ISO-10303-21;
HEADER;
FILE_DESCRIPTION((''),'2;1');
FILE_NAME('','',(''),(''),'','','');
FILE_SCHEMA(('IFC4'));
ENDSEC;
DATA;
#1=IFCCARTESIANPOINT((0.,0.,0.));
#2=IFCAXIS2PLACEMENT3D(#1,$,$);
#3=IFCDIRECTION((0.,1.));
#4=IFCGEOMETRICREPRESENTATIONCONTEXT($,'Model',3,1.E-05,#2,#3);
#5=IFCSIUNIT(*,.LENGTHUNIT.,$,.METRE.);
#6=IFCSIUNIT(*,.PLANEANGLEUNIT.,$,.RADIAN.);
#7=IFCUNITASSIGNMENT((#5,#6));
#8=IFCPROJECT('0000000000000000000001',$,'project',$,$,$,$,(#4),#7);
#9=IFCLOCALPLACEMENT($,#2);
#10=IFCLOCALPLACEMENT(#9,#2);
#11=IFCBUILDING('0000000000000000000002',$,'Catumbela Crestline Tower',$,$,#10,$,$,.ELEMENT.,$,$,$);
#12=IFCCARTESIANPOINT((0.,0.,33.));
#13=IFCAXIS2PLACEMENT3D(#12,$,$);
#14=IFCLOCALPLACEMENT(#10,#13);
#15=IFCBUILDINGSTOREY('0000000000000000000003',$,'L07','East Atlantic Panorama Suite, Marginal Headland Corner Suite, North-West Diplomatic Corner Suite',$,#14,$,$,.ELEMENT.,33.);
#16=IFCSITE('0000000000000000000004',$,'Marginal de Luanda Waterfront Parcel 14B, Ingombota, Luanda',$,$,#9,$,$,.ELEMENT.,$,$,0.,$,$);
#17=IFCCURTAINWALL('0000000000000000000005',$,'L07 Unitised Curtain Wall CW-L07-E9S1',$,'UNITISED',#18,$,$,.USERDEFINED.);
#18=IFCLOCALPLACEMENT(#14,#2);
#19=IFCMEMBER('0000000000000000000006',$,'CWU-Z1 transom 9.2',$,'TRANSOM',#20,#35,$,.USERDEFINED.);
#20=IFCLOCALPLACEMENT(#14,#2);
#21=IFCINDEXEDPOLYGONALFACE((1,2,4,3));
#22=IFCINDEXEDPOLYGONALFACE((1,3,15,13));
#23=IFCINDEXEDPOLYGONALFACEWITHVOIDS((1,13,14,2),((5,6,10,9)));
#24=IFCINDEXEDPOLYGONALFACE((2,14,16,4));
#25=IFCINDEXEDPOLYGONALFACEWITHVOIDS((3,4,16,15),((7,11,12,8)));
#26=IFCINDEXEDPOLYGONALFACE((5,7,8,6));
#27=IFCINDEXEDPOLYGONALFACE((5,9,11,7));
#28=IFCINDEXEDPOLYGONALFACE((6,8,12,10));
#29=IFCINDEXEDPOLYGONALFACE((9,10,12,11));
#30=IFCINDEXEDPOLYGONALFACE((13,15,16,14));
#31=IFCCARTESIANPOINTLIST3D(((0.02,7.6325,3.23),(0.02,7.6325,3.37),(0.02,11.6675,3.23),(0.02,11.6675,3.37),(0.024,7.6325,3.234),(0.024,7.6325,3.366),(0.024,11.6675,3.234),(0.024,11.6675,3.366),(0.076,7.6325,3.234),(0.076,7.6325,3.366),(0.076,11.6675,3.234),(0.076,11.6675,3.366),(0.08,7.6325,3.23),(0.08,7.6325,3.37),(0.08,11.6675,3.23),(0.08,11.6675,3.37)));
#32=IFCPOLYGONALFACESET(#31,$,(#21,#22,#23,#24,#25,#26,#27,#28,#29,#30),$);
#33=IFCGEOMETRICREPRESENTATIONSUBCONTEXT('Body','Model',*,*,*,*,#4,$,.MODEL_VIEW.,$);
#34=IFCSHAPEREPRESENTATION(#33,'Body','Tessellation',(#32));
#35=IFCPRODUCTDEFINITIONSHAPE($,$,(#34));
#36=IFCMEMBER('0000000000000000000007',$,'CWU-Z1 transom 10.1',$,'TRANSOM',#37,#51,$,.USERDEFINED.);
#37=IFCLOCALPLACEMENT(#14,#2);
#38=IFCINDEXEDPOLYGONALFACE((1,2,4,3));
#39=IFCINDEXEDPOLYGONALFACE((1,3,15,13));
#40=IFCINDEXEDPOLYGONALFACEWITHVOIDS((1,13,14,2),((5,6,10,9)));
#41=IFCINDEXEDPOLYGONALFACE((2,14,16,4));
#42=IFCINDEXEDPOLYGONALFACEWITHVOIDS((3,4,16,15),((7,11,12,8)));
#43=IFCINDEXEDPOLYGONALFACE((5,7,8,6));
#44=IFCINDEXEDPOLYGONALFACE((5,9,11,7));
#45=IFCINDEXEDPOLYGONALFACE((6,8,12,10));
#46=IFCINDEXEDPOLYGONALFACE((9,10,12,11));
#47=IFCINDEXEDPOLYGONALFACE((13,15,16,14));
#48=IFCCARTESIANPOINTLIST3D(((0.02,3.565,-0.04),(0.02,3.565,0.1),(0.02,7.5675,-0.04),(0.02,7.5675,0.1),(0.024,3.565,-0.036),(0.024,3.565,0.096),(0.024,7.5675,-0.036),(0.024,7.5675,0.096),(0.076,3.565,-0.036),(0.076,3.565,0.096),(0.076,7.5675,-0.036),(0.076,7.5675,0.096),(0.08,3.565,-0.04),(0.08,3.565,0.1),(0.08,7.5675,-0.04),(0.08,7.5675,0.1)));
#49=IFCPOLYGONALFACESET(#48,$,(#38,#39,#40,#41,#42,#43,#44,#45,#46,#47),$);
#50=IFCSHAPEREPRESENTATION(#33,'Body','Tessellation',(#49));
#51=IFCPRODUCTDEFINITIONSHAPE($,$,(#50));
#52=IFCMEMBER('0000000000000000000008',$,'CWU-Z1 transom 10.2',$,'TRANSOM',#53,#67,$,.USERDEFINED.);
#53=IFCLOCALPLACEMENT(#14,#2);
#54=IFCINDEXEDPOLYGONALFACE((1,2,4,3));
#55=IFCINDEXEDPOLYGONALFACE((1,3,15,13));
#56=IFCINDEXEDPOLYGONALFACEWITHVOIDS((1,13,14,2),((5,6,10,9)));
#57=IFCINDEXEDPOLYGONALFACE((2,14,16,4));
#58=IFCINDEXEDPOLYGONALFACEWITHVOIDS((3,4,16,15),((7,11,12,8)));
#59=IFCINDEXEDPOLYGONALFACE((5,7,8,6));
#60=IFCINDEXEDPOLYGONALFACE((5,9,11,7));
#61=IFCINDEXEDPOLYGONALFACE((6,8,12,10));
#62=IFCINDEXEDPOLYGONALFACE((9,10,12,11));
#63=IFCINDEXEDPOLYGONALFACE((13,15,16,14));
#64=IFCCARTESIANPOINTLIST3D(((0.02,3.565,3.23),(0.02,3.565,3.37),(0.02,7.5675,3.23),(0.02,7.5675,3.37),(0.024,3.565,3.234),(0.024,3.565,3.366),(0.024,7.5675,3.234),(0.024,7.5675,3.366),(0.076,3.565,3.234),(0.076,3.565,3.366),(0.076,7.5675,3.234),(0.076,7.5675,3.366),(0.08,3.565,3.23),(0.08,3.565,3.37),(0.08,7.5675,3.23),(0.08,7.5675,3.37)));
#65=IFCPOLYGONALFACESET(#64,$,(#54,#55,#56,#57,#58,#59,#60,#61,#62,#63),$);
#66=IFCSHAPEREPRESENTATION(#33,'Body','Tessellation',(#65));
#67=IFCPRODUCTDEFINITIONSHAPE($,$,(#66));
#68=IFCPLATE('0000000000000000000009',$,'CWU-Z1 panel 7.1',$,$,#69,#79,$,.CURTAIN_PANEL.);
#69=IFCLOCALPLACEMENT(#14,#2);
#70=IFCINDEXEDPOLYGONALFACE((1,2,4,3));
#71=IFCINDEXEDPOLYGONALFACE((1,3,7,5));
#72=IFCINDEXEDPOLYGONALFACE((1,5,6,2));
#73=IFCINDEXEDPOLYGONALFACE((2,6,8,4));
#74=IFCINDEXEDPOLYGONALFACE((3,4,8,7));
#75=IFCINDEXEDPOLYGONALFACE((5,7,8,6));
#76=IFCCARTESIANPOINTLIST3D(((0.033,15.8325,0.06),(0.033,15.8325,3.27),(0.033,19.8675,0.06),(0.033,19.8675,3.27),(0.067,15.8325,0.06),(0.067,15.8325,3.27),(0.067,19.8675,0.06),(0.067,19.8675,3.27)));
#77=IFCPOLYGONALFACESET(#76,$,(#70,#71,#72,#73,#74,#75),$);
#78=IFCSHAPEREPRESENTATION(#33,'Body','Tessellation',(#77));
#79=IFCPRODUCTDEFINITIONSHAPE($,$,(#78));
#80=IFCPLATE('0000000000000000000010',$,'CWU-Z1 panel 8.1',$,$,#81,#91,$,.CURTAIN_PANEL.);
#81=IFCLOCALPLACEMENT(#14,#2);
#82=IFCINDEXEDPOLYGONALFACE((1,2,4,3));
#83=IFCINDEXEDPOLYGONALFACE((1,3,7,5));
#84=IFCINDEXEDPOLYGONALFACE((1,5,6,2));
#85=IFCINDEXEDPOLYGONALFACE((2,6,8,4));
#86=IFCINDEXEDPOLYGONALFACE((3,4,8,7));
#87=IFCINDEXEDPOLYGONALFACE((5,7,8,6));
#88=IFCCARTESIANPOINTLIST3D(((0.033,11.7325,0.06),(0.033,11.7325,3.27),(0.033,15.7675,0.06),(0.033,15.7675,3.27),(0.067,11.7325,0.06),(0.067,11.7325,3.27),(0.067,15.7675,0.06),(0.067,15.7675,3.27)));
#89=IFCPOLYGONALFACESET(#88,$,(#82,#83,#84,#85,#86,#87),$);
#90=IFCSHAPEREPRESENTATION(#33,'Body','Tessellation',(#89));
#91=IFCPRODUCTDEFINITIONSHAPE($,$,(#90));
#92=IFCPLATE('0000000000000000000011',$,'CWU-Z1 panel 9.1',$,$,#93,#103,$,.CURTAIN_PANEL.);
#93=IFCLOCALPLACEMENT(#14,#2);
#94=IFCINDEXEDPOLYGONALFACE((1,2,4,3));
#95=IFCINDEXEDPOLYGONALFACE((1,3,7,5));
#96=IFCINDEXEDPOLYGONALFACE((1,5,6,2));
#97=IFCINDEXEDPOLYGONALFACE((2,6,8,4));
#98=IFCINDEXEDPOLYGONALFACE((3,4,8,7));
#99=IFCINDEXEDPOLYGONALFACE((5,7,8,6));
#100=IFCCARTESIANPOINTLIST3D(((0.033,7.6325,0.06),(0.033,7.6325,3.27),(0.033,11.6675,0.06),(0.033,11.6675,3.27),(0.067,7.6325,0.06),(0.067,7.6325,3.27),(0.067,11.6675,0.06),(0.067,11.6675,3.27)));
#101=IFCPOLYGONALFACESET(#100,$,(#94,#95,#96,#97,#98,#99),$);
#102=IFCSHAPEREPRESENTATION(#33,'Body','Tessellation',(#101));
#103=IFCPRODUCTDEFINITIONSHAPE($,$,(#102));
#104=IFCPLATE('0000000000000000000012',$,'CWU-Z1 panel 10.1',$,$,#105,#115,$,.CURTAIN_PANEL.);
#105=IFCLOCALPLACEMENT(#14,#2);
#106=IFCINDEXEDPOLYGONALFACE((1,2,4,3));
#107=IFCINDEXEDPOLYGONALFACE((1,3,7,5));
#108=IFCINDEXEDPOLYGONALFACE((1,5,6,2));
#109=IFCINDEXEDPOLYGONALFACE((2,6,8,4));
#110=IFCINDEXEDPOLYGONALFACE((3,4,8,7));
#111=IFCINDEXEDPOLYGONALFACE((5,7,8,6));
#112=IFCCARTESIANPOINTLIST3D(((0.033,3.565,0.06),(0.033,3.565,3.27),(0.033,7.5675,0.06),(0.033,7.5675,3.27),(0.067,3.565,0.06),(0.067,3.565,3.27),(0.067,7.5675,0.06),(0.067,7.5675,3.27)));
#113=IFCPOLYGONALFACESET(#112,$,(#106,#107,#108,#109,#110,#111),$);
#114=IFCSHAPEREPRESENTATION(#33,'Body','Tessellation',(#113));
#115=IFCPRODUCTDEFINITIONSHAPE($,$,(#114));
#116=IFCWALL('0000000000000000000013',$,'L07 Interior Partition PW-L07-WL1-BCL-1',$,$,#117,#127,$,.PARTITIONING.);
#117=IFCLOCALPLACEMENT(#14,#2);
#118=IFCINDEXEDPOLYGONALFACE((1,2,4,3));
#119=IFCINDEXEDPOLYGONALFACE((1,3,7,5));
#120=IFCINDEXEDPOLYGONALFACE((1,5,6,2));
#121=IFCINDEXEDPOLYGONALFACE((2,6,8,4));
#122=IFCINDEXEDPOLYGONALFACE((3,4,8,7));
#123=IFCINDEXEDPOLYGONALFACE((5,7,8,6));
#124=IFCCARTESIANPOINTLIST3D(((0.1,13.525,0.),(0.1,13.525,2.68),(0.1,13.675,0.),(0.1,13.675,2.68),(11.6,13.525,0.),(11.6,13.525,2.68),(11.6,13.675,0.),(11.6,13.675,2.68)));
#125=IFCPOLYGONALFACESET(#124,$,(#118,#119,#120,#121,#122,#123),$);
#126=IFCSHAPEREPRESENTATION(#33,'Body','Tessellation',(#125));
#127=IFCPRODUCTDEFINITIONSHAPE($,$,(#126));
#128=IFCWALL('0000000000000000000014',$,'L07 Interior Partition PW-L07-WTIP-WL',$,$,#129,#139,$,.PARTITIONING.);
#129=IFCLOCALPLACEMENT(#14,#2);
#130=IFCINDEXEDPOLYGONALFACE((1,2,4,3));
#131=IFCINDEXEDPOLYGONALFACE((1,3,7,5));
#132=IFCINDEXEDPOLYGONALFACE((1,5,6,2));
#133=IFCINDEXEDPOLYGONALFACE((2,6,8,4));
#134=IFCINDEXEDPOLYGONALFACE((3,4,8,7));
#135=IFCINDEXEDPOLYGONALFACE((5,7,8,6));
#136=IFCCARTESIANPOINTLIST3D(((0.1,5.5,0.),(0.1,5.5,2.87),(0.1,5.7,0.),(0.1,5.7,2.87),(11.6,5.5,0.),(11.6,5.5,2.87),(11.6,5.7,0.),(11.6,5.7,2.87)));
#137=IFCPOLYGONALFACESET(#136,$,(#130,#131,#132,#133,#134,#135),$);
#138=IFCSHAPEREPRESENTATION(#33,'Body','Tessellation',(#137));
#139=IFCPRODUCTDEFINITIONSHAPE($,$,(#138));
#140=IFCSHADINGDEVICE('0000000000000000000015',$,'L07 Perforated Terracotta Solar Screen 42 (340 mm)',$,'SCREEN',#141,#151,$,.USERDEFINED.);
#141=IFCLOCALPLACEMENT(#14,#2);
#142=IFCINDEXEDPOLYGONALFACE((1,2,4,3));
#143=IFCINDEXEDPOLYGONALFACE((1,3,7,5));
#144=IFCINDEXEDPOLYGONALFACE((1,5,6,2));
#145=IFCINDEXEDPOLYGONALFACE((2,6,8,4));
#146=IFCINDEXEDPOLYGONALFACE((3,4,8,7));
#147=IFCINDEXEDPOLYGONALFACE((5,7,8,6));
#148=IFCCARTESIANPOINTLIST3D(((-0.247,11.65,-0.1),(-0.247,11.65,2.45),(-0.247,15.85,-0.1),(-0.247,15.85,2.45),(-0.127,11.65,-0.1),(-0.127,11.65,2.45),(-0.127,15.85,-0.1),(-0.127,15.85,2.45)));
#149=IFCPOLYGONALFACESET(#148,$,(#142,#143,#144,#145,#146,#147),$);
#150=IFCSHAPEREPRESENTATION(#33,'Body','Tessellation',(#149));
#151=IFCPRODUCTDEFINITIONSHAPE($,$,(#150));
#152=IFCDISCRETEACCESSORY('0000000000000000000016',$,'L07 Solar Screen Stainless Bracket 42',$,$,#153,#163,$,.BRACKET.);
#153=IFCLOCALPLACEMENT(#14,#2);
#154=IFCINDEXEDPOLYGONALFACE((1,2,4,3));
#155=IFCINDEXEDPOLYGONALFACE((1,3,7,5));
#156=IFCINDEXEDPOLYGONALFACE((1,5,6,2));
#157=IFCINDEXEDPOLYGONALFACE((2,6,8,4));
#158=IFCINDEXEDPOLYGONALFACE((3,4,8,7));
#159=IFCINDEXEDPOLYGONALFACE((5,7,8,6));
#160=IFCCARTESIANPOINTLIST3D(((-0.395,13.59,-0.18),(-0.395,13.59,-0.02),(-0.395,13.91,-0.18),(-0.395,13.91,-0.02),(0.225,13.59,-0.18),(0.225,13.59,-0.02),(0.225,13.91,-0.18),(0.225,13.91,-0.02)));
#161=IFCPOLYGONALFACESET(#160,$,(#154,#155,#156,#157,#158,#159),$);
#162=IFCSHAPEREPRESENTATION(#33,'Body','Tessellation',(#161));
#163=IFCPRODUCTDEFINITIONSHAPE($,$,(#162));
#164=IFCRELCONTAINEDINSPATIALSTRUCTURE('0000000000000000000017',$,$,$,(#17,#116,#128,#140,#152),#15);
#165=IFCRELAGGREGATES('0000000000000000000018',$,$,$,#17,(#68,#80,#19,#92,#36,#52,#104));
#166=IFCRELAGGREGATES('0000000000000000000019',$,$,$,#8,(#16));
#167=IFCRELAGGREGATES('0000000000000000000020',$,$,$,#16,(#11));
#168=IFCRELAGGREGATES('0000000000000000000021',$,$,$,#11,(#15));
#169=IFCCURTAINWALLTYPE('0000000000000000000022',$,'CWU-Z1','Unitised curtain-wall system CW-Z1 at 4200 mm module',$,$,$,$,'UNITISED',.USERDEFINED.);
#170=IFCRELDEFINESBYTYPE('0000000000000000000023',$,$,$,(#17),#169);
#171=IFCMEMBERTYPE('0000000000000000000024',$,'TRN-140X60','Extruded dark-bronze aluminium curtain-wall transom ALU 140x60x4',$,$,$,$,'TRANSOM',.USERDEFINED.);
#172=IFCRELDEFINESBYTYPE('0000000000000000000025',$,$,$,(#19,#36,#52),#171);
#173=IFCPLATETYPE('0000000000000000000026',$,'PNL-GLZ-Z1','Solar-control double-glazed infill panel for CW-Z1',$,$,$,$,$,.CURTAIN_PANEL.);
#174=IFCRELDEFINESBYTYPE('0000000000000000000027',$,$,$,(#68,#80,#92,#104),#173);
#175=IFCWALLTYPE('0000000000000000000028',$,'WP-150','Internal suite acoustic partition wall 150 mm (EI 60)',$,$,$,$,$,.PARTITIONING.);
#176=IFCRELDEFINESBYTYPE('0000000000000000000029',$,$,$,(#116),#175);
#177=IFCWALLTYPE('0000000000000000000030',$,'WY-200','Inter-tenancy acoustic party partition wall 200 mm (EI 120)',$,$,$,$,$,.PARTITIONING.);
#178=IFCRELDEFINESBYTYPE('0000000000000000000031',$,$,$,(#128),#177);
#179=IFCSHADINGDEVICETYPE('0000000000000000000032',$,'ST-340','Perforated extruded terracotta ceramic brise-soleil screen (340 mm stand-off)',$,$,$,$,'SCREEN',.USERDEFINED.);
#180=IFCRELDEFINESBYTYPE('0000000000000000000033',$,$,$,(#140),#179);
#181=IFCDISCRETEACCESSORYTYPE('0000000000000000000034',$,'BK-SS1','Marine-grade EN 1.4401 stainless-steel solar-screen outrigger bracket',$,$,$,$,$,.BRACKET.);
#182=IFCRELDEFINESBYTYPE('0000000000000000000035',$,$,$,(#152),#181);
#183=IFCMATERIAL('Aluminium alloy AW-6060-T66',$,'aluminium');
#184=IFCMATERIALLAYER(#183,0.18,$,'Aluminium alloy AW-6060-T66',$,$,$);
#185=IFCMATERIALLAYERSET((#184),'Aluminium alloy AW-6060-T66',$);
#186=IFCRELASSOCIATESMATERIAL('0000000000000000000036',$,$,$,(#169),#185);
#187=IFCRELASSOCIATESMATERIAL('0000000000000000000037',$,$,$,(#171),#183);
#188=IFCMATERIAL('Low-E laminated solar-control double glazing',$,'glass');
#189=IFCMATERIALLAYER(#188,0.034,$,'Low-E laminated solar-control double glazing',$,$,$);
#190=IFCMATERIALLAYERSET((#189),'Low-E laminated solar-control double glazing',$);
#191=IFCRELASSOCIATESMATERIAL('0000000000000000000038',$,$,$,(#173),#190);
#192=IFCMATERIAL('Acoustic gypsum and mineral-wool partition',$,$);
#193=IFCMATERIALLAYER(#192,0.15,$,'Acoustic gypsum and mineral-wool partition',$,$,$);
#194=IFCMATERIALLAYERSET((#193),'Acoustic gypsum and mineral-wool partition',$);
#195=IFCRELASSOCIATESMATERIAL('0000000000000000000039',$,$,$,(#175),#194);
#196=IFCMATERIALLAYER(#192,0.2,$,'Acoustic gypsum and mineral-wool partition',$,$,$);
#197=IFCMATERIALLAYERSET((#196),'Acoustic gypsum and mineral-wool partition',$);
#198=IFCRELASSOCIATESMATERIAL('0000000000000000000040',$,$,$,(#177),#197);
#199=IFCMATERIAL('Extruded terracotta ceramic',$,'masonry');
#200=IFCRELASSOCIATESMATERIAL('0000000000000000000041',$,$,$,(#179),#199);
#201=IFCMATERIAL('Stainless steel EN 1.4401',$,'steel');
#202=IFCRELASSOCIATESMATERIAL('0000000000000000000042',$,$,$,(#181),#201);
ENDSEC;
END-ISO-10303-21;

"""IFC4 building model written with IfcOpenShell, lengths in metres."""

from ifc_helpers import new_model, si_unit, direction, frame, frame_2d, origin, origin_2d, place, context, subcontext, project, spatial, rectangle, hollow_rectangle, extrude, material, layer, layer_set, material_profile, profile_set, type_object, element, aggregate, save


model = new_model("IFC4")

# Units and contexts
model_context = context("Model", 3, precision=1e-05, world=origin(), true_north=direction((0.0, 1.0)))
body_context = subcontext(model_context, "Body", "Model", "MODEL_VIEW")
ifc_project = project(units=[si_unit("LENGTHUNIT", "METRE"), si_unit("PLANEANGLEUNIT", "RADIAN")], contexts=[model_context])

# Site, building, storey
site_placement = place(None, origin())
site = spatial("IfcSite", under=ifc_project, at=site_placement, Name="Marginal de Luanda Waterfront Parcel 14B, Ingombota, Luanda", CompositionType="ELEMENT", RefElevation=0.0)
building_placement = place(site_placement, origin())
building = spatial("IfcBuilding", under=site, at=building_placement, Name="Catumbela Crestline Tower", CompositionType="ELEMENT")
storey_placement = place(building_placement, frame((0.0, 0.0, 33.0)))
storey = spatial("IfcBuildingStorey", under=building, at=storey_placement, Name="L07", Description="East Atlantic Panorama Suite, Marginal Headland Corner Suite, North-West Diplomatic Corner Suite", CompositionType="ELEMENT", Elevation=33.0)

# Curtain wall
ifc_material_1 = material(Name="Aluminium alloy AW-6060-T66", Category="aluminium")
ifc_layer_1 = layer(ifc_material_1, 0.18, Name="Aluminium alloy AW-6060-T66")
ifc_layer_set_1 = layer_set([ifc_layer_1], Name="Aluminium alloy AW-6060-T66")
curtain_wall_type = type_object("IfcCurtainWallType", Name="CWU-Z1", Description="Unitised curtain-wall system CW-Z1 at 4200 mm module", ElementType="UNITISED", PredefinedType="USERDEFINED", material=ifc_layer_set_1)
curtain_wall_placement = place(storey_placement, origin())
curtain_wall = element("IfcCurtainWall", 1, at=curtain_wall_placement, inside=storey, type_object=curtain_wall_type, Name="L07 Unitised Curtain Wall CW-L07-E9S1", ObjectType="UNITISED", PredefinedType="USERDEFINED")

# Members
ifc_material_profile_1 = material_profile(ifc_material_1, hollow_rectangle(XDim=0.06, YDim=0.14, WallThickness=0.004, at=origin_2d()), Name="ALU 140x60x4")
ifc_profile_set_1 = profile_set([ifc_material_profile_1], Name="Aluminium alloy AW-6060-T66")
member_type_1 = type_object("IfcMemberType", Name="TRN-140X60", Description="Extruded dark-bronze aluminium curtain-wall transom ALU 140x60x4", ElementType="TRANSOM", PredefinedType="USERDEFINED", material=ifc_profile_set_1)
member_1_placement = place(storey_placement, frame((0.05, 11.6675, 3.3), z_axis=(0.0, -1.0, 0.0), x_axis=(1.0, 0.0, 0.0)))
member_1 = element("IfcMember", 2, at=member_1_placement, type_object=member_type_1, Name="CWU-Z1 transom 9.2", ObjectType="TRANSOM", PredefinedType="USERDEFINED", context=body_context, shape_type="SweptSolid", body=[
    extrude(hollow_rectangle(XDim=0.06, YDim=0.14, WallThickness=0.004, at=origin_2d()), origin(), (0.0, 0.0, 1.0), 4.035),
])
member_2_placement = place(storey_placement, frame((0.05, 7.5675, 0.03), z_axis=(0.0, -1.0, 0.0), x_axis=(1.0, 0.0, 0.0)))
member_2 = element("IfcMember", 3, at=member_2_placement, type_object=member_type_1, Name="CWU-Z1 transom 10.1", ObjectType="TRANSOM", PredefinedType="USERDEFINED", context=body_context, shape_type="SweptSolid", body=[
    extrude(hollow_rectangle(XDim=0.06, YDim=0.14, WallThickness=0.004, at=origin_2d()), origin(), (0.0, 0.0, 1.0), 4.0025),
])
member_3_placement = place(storey_placement, frame((0.05, 7.5675, 3.3), z_axis=(0.0, -1.0, 0.0), x_axis=(1.0, 0.0, 0.0)))
member_3 = element("IfcMember", 4, at=member_3_placement, type_object=member_type_1, Name="CWU-Z1 transom 10.2", ObjectType="TRANSOM", PredefinedType="USERDEFINED", context=body_context, shape_type="SweptSolid", body=[
    extrude(hollow_rectangle(XDim=0.06, YDim=0.14, WallThickness=0.004, at=origin_2d()), origin(), (0.0, 0.0, 1.0), 4.0025),
])

# Plates
ifc_material_2 = material(Name="Low-E laminated solar-control double glazing", Category="glass")
ifc_layer_2 = layer(ifc_material_2, 0.034, Name="Low-E laminated solar-control double glazing")
ifc_layer_set_2 = layer_set([ifc_layer_2], Name="Low-E laminated solar-control double glazing")
plate_type = type_object("IfcPlateType", Name="PNL-GLZ-Z1", Description="Solar-control double-glazed infill panel for CW-Z1", PredefinedType="CURTAIN_PANEL", material=ifc_layer_set_2)
plate_1_placement = place(storey_placement, frame((0.05, 17.85, 0.06), z_axis=(0.0, 0.0, 1.0), x_axis=(0.0, -1.0, 0.0)))
plate_1 = element("IfcPlate", 5, at=plate_1_placement, type_object=plate_type, Name="CWU-Z1 panel 7.1", PredefinedType="CURTAIN_PANEL", context=body_context, shape_type="SweptSolid", body=[
    extrude(rectangle(XDim=4.035, YDim=0.034, at=origin_2d()), origin(), (0.0, 0.0, 1.0), 3.21),
])
plate_2_placement = place(storey_placement, frame((0.05, 13.75, 0.06), z_axis=(0.0, 0.0, 1.0), x_axis=(0.0, -1.0, 0.0)))
plate_2 = element("IfcPlate", 6, at=plate_2_placement, type_object=plate_type, Name="CWU-Z1 panel 8.1", PredefinedType="CURTAIN_PANEL", context=body_context, shape_type="SweptSolid", body=[
    extrude(rectangle(XDim=4.035, YDim=0.034, at=origin_2d()), origin(), (0.0, 0.0, 1.0), 3.21),
])
plate_3_placement = place(storey_placement, frame((0.05, 9.65, 0.06), z_axis=(0.0, 0.0, 1.0), x_axis=(0.0, -1.0, 0.0)))
plate_3 = element("IfcPlate", 7, at=plate_3_placement, type_object=plate_type, Name="CWU-Z1 panel 9.1", PredefinedType="CURTAIN_PANEL", context=body_context, shape_type="SweptSolid", body=[
    extrude(rectangle(XDim=4.035, YDim=0.034, at=origin_2d()), origin(), (0.0, 0.0, 1.0), 3.21),
])
plate_4_placement = place(storey_placement, frame((0.05, 5.5662, 0.06), z_axis=(0.0, 0.0, 1.0), x_axis=(0.0, -1.0, 0.0)))
plate_4 = element("IfcPlate", 8, at=plate_4_placement, type_object=plate_type, Name="CWU-Z1 panel 10.1", PredefinedType="CURTAIN_PANEL", context=body_context, shape_type="SweptSolid", body=[
    extrude(rectangle(XDim=4.0025, YDim=0.034, at=origin_2d()), origin(), (0.0, 0.0, 1.0), 3.21),
])
aggregate(curtain_wall, [plate_1, plate_2, member_1, plate_3, member_2, member_3, plate_4])

# Walls
ifc_material_3 = material(Name="Acoustic gypsum and mineral-wool partition")
ifc_layer_3 = layer(ifc_material_3, 0.15, Name="Acoustic gypsum and mineral-wool partition")
ifc_layer_set_3 = layer_set([ifc_layer_3], Name="Acoustic gypsum and mineral-wool partition")
wall_type_1 = type_object("IfcWallType", Name="WP-150", Description="Internal suite acoustic partition wall 150 mm (EI 60)", PredefinedType="PARTITIONING", material=ifc_layer_set_3)
wall_1_placement = place(storey_placement, frame((0.1, 13.6, 0.0), z_axis=(0.0, 0.0, 1.0), x_axis=(1.0, 0.0, 0.0)))
element("IfcWall", 9, at=wall_1_placement, inside=storey, type_object=wall_type_1, Name="L07 Interior Partition PW-L07-WL1-BCL-1", PredefinedType="PARTITIONING", context=body_context, shape_type="SweptSolid", body=[
    extrude(rectangle(XDim=11.5, YDim=0.15, at=frame_2d((5.75, 0.0))), origin(), (0.0, 0.0, 1.0), 2.68),
])
ifc_layer_4 = layer(ifc_material_3, 0.2, Name="Acoustic gypsum and mineral-wool partition")
ifc_layer_set_4 = layer_set([ifc_layer_4], Name="Acoustic gypsum and mineral-wool partition")
wall_type_2 = type_object("IfcWallType", Name="WY-200", Description="Inter-tenancy acoustic party partition wall 200 mm (EI 120)", PredefinedType="PARTITIONING", material=ifc_layer_set_4)
wall_2_placement = place(storey_placement, frame((0.1, 5.6, 0.0), z_axis=(0.0, 0.0, 1.0), x_axis=(1.0, 0.0, 0.0)))
element("IfcWall", 10, at=wall_2_placement, inside=storey, type_object=wall_type_2, Name="L07 Interior Partition PW-L07-WTIP-WL", PredefinedType="PARTITIONING", context=body_context, shape_type="SweptSolid", body=[
    extrude(rectangle(XDim=11.5, YDim=0.2, at=frame_2d((5.75, 0.0))), origin(), (0.0, 0.0, 1.0), 2.87),
])

# Shading device
ifc_material_4 = material(Name="Extruded terracotta ceramic", Category="masonry")
shading_device_type = type_object("IfcShadingDeviceType", Name="ST-340", Description="Perforated extruded terracotta ceramic brise-soleil screen (340 mm stand-off)", ElementType="SCREEN", PredefinedType="USERDEFINED", material=ifc_material_4)
shading_device_placement = place(storey_placement, frame((-0.187, 13.75, -0.1), z_axis=(0.0, 0.0, 1.0), x_axis=(0.0, -1.0, 0.0)))
element("IfcShadingDevice", 11, at=shading_device_placement, inside=storey, type_object=shading_device_type, Name="L07 Perforated Terracotta Solar Screen 42 (340 mm)", ObjectType="SCREEN", PredefinedType="USERDEFINED", context=body_context, shape_type="SweptSolid", body=[
    extrude(rectangle(XDim=4.2, YDim=0.12, at=origin_2d()), origin(), (0.0, 0.0, 1.0), 2.55),
])

# Discrete accessory
ifc_material_5 = material(Name="Stainless steel EN 1.4401", Category="steel")
discrete_accessory_type = type_object("IfcDiscreteAccessoryType", Name="BK-SS1", Description="Marine-grade EN 1.4401 stainless-steel solar-screen outrigger bracket", PredefinedType="BRACKET", material=ifc_material_5)
discrete_accessory_placement = place(storey_placement, frame((-0.085, 13.75, -0.18), z_axis=(0.0, 0.0, 1.0), x_axis=(0.0, -1.0, 0.0)))
element("IfcDiscreteAccessory", 12, at=discrete_accessory_placement, inside=storey, type_object=discrete_accessory_type, Name="L07 Solar Screen Stainless Bracket 42", PredefinedType="BRACKET", context=body_context, shape_type="SweptSolid", body=[
    extrude(rectangle(XDim=0.32, YDim=0.62, at=origin_2d()), origin(), (0.0, 0.0, 1.0), 0.16),
])

save(model, "model.ifc")
